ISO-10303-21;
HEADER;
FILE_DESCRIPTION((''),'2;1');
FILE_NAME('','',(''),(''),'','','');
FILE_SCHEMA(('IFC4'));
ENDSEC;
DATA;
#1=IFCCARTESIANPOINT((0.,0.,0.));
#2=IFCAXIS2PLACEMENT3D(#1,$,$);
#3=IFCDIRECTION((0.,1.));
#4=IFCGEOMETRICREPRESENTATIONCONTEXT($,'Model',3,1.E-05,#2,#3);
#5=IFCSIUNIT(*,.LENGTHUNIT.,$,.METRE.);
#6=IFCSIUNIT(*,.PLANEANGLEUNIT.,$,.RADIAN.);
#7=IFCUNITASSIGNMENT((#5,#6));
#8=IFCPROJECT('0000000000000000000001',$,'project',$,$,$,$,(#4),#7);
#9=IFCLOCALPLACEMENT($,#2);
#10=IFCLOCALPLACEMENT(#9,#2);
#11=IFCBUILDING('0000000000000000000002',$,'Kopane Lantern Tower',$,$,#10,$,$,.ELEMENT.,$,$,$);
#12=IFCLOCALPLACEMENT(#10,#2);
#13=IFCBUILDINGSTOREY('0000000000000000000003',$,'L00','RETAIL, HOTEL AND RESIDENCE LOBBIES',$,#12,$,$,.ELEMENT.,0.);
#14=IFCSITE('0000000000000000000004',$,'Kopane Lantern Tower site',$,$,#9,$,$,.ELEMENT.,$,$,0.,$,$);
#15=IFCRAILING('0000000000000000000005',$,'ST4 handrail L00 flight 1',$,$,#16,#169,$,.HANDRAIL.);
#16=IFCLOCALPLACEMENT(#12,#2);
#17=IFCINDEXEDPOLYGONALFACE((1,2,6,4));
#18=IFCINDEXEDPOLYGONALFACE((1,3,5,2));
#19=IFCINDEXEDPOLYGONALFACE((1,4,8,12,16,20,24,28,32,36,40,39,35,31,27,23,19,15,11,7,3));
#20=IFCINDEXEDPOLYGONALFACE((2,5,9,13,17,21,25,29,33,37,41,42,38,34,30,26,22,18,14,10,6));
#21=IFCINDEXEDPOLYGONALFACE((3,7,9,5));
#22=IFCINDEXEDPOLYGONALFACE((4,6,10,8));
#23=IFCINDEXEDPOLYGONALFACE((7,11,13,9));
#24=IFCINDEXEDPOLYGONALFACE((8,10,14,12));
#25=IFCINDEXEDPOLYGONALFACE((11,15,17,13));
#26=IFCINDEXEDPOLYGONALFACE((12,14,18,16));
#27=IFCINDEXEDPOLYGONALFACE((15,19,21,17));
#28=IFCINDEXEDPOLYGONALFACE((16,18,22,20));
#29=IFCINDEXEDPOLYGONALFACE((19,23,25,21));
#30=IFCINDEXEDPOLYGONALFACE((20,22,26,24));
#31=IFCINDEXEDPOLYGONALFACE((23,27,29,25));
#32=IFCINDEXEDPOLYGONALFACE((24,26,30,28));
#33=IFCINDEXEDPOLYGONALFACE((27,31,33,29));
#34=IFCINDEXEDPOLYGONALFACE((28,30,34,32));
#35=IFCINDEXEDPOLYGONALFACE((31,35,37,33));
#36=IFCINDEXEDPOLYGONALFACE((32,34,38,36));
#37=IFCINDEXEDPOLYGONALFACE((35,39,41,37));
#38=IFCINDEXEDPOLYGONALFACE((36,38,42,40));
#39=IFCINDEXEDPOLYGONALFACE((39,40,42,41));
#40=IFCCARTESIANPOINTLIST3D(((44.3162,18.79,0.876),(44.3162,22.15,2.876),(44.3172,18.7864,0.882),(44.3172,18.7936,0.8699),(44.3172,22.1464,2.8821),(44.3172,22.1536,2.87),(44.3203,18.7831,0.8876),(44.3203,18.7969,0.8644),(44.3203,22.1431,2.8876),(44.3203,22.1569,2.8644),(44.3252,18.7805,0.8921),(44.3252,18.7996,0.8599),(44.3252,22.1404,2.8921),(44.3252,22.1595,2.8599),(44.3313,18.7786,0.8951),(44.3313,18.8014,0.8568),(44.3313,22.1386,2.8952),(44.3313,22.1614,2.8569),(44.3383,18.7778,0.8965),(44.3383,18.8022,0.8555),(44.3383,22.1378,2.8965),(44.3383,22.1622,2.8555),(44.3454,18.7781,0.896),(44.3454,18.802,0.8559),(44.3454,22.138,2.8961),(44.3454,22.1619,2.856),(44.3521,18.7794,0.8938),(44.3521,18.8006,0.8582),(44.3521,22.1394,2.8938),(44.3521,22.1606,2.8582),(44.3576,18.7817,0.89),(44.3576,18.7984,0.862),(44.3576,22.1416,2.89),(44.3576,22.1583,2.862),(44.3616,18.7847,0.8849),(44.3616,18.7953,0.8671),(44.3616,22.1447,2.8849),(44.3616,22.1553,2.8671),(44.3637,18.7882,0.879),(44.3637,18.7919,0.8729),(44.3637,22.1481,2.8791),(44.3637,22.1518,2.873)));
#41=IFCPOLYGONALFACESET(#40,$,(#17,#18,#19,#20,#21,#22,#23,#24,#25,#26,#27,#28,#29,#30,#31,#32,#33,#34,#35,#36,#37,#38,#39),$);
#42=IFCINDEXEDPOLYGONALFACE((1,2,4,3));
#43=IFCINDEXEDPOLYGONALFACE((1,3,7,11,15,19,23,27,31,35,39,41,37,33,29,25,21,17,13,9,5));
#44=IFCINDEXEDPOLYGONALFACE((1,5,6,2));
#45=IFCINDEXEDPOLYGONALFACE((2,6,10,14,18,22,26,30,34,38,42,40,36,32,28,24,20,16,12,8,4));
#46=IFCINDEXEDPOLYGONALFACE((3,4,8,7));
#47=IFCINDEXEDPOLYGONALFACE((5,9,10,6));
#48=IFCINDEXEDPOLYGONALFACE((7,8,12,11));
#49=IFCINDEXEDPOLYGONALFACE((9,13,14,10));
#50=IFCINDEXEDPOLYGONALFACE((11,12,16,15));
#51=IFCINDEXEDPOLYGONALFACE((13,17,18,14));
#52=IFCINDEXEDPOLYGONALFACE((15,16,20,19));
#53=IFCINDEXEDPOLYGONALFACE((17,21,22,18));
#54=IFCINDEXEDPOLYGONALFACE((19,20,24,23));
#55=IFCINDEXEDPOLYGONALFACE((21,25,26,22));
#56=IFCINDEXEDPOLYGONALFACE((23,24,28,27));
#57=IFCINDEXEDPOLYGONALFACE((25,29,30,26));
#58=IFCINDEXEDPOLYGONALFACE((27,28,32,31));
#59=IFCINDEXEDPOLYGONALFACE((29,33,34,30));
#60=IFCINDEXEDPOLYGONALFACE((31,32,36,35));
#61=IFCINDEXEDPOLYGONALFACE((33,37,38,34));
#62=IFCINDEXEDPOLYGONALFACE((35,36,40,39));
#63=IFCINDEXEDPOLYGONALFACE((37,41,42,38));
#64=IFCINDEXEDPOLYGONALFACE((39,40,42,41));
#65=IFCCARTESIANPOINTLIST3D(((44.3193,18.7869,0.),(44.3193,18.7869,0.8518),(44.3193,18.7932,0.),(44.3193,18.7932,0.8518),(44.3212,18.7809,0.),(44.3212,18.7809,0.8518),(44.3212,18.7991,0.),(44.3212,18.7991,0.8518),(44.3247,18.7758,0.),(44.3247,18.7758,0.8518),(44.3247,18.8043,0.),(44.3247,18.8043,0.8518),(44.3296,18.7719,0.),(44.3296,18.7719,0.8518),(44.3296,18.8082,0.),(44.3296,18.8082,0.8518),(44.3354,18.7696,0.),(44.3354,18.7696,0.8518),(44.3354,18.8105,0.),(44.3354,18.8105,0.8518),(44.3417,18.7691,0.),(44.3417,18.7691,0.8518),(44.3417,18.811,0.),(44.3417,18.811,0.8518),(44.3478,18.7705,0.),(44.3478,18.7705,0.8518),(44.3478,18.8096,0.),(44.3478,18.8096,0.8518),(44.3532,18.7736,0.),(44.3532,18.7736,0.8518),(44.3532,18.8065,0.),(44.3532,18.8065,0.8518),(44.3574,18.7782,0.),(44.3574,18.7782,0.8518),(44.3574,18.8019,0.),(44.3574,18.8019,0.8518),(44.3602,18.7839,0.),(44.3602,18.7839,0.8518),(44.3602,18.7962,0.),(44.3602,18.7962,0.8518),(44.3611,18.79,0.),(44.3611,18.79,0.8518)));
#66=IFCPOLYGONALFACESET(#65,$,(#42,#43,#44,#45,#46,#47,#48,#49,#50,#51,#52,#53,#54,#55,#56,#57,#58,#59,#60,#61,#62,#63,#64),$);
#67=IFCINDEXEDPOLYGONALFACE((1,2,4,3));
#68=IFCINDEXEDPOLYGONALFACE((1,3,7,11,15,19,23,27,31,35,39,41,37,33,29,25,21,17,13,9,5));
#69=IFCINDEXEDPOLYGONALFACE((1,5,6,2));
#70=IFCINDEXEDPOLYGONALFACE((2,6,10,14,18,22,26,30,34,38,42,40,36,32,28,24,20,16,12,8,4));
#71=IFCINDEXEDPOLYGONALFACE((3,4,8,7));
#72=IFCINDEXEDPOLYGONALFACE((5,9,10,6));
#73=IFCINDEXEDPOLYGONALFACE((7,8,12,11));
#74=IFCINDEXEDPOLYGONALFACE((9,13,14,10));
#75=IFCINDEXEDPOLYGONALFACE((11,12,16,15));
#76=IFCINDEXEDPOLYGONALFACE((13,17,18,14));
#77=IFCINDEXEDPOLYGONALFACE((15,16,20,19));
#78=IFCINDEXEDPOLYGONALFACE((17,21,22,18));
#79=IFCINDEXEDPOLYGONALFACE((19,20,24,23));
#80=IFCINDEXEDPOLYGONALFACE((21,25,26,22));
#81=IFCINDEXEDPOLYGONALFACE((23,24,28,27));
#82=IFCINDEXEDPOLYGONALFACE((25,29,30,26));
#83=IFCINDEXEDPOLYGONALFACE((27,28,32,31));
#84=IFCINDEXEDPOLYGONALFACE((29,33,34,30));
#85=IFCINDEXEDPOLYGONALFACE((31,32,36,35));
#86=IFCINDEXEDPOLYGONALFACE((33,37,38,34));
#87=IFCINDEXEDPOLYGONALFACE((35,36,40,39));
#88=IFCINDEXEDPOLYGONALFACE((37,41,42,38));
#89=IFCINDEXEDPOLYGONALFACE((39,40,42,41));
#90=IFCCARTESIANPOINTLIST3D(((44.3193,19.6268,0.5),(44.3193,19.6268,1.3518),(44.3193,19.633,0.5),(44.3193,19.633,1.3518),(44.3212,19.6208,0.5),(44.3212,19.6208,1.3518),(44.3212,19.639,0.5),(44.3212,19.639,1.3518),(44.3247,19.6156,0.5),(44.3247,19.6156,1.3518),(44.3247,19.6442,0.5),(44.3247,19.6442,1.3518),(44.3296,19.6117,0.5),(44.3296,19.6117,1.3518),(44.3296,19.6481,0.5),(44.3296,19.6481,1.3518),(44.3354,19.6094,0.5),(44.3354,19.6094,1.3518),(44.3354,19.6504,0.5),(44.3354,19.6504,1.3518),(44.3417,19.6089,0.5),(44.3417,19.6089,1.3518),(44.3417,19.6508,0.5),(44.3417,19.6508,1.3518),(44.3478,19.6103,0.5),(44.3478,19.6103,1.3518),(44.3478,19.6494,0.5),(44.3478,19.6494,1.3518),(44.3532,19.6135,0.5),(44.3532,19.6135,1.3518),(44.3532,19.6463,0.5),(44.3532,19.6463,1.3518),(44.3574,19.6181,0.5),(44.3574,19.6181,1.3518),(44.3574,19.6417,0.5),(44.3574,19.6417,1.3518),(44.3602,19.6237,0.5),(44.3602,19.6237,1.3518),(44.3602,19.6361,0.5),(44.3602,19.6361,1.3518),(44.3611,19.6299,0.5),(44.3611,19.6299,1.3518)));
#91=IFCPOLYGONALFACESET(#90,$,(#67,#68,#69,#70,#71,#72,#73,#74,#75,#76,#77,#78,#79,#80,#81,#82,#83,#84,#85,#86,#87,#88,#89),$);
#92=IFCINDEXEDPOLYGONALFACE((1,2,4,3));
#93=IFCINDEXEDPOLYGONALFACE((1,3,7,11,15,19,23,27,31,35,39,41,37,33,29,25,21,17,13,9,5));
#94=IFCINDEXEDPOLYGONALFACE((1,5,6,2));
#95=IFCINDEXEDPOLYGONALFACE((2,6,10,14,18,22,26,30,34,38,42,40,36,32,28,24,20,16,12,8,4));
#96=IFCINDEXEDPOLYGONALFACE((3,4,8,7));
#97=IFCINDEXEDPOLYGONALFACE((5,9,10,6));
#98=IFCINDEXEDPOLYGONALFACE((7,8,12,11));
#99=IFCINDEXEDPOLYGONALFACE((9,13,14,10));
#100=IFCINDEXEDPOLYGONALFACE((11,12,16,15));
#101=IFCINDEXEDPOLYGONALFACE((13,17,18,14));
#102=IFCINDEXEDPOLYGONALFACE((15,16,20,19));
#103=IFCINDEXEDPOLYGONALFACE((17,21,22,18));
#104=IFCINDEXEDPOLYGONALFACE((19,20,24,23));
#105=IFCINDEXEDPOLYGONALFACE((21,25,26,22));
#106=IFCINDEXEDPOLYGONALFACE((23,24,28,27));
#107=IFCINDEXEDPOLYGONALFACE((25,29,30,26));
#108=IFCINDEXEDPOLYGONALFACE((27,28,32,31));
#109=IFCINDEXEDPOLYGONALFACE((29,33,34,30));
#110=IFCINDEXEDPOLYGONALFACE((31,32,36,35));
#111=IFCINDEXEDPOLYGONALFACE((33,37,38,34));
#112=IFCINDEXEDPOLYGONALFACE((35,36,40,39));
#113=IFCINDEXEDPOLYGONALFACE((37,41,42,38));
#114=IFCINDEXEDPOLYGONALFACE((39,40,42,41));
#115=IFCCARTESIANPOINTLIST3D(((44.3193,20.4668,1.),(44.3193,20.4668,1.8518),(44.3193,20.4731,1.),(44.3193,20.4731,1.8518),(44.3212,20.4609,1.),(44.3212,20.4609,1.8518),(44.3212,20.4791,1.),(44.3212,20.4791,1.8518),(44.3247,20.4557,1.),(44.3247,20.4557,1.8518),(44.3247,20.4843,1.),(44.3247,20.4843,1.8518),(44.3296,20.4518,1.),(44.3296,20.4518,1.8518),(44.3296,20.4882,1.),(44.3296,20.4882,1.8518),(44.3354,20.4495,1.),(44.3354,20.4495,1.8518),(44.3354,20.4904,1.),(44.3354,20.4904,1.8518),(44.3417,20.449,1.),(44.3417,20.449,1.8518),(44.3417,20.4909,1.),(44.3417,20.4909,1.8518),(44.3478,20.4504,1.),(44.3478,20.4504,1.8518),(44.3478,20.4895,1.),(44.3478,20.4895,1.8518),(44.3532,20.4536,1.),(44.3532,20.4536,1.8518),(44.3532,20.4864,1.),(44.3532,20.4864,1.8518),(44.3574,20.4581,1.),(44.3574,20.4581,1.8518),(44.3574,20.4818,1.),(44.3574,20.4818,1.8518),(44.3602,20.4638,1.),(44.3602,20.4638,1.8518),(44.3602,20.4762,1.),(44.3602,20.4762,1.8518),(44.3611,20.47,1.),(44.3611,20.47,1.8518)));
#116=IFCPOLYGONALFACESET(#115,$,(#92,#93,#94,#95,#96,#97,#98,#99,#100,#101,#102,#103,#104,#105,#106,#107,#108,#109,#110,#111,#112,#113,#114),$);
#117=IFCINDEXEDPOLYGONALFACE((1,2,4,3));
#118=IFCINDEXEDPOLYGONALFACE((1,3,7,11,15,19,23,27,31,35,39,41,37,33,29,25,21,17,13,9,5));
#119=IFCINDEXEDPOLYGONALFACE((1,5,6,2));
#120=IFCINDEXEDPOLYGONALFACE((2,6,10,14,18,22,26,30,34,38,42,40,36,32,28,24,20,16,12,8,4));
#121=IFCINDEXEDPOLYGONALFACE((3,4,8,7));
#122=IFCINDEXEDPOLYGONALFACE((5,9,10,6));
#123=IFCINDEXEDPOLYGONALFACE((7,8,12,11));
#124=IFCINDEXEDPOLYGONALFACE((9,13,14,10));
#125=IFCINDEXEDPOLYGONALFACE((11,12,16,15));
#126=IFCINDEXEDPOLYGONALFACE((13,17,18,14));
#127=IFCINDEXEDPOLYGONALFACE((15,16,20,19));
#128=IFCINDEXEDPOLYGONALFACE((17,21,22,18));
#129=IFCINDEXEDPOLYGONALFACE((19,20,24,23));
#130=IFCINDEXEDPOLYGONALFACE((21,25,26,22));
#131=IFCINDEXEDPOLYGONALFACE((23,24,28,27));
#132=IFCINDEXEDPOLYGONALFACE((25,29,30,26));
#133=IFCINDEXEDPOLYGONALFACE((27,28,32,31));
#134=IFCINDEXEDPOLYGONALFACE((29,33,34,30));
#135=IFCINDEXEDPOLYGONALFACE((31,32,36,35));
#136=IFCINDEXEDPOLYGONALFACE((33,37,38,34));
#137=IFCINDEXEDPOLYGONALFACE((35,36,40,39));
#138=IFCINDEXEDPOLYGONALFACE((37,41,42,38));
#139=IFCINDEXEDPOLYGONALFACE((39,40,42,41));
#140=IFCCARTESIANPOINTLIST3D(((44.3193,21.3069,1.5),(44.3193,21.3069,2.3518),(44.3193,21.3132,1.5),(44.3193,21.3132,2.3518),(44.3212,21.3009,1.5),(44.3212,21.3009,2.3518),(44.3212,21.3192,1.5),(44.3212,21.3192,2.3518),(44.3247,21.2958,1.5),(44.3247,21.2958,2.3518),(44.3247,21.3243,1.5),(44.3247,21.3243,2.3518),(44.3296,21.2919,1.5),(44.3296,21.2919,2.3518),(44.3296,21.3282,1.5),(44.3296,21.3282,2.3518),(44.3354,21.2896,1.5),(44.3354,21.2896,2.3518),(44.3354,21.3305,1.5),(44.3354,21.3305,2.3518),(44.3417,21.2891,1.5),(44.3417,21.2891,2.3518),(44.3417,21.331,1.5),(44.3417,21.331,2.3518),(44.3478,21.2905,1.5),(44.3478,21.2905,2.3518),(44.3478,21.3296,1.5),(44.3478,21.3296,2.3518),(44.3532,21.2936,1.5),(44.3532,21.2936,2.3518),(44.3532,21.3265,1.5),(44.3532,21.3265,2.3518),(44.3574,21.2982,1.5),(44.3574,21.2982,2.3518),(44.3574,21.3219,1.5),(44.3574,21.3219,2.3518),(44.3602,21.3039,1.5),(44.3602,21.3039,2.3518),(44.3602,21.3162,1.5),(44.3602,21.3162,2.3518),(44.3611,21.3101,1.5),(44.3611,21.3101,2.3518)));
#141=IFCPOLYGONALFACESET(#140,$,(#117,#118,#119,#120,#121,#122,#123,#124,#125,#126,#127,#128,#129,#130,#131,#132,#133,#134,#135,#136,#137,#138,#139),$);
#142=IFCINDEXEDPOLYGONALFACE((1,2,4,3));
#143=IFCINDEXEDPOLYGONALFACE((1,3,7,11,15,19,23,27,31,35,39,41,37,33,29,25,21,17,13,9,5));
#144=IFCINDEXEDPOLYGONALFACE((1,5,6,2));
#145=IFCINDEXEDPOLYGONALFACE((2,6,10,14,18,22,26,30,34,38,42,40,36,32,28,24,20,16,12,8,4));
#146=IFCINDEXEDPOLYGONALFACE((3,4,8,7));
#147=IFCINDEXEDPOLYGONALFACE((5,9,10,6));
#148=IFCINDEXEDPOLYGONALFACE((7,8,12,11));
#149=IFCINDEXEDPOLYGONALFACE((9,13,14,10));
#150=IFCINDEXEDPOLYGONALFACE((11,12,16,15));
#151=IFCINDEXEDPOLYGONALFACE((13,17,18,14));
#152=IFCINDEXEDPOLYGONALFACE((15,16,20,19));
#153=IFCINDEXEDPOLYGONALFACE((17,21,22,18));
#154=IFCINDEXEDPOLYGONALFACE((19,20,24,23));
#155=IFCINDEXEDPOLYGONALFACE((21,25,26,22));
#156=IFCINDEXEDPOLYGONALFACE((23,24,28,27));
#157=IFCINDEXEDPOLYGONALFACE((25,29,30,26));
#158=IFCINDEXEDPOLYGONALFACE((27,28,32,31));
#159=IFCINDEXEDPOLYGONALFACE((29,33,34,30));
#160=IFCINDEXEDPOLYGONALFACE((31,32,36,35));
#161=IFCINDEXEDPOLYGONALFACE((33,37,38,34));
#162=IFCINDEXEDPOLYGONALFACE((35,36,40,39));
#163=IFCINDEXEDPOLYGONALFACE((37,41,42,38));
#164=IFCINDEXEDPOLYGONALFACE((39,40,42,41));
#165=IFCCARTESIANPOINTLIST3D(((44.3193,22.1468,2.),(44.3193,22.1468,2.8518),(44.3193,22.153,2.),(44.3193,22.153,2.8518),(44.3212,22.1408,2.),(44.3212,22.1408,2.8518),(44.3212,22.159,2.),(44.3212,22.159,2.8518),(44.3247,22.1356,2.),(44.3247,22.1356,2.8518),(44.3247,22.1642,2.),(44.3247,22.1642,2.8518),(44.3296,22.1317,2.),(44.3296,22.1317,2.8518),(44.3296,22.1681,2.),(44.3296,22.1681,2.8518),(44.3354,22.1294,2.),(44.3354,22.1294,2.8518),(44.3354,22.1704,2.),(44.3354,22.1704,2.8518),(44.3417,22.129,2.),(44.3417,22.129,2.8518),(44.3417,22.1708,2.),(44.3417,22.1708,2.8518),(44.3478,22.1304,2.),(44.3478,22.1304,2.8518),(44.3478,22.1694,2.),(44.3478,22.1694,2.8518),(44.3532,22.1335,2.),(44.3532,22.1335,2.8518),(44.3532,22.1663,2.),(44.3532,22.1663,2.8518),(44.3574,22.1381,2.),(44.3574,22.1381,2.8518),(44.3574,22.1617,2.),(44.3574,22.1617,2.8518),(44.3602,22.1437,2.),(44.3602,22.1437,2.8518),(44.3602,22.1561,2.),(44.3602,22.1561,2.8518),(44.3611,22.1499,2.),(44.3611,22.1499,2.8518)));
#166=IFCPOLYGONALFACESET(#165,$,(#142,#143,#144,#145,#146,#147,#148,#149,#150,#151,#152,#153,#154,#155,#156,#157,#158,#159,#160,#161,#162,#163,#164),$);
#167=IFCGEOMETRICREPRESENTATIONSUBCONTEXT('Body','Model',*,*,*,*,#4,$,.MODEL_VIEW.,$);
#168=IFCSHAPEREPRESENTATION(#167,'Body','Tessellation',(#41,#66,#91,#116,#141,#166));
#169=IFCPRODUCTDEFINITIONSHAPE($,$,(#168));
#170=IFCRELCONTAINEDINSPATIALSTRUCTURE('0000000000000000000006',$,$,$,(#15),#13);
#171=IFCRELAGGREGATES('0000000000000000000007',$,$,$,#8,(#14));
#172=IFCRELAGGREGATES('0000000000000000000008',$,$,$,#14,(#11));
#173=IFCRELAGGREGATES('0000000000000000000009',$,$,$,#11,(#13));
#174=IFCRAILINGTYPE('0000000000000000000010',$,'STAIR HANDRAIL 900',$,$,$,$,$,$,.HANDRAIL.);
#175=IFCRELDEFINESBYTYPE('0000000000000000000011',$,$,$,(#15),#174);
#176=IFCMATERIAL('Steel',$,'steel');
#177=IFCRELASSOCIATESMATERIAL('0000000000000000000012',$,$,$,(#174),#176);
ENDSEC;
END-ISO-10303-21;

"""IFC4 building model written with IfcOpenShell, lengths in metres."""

from ifc_helpers import new_model, si_unit, direction, frame, origin, origin_2d, place, context, subcontext, project, spatial, circle, extrude, material, type_object, element, save


model = new_model("IFC4")

# Units and contexts
model_context = context("Model", 3, precision=1e-05, world=origin(), true_north=direction((0.0, 1.0)))
body_context = subcontext(model_context, "Body", "Model", "MODEL_VIEW")
ifc_project = project(units=[si_unit("LENGTHUNIT", "METRE"), si_unit("PLANEANGLEUNIT", "RADIAN")], contexts=[model_context])

# Site, building, storey
site_placement = place(None, origin())
site = spatial("IfcSite", under=ifc_project, at=site_placement, Name="Kopane Lantern Tower site", CompositionType="ELEMENT", RefElevation=0.0)
building_placement = place(site_placement, origin())
building = spatial("IfcBuilding", under=site, at=building_placement, Name="Kopane Lantern Tower", CompositionType="ELEMENT")
storey_placement = place(building_placement, origin())
storey = spatial("IfcBuildingStorey", under=building, at=storey_placement, Name="L00", Description="RETAIL, HOTEL AND RESIDENCE LOBBIES", CompositionType="ELEMENT", Elevation=0.0)

# Railing
ifc_material_1 = material(Name="Steel", Category="steel")
railing_type_1 = type_object("IfcRailingType", Name="STAIR HANDRAIL 900", PredefinedType="HANDRAIL", material=ifc_material_1)
for number, where, name in (
    (1, (44.3401, 18.79, 0.0), "ST4 handrail L00 flight 1"),
):
    element("IfcRailing", number, at=place(storey_placement, frame(where)), inside=storey, type_object=railing_type_1, Name=name, PredefinedType="HANDRAIL", context=body_context, shape_type="SweptSolid", body=[
        extrude(circle(Radius=0.0239, at=origin_2d()), frame((0.0, 0.0, 0.876), z_axis=(0.0, 0.859284, 0.511499), x_axis=(-1.0, 0.0, 0.0)), (0.0, 0.0, 1.0), 3.9102),
        extrude(circle(Radius=0.021, at=origin_2d()), origin(), (0.0, 0.0, 1.0), 0.8518),
        extrude(circle(Radius=0.021, at=origin_2d()), frame((0.0, 0.8398, 0.5)), (0.0, 0.0, 1.0), 0.8518),
        extrude(circle(Radius=0.021, at=origin_2d()), frame((0.0, 1.6799, 1.0)), (0.0, 0.0, 1.0), 0.8518),
        extrude(circle(Radius=0.021, at=origin_2d()), frame((0.0, 2.52, 1.5)), (0.0, 0.0, 1.0), 0.8518),
        extrude(circle(Radius=0.021, at=origin_2d()), frame((0.0, 3.3599, 2.0)), (0.0, 0.0, 1.0), 0.8518),
    ])

save(model, "model.ifc")
